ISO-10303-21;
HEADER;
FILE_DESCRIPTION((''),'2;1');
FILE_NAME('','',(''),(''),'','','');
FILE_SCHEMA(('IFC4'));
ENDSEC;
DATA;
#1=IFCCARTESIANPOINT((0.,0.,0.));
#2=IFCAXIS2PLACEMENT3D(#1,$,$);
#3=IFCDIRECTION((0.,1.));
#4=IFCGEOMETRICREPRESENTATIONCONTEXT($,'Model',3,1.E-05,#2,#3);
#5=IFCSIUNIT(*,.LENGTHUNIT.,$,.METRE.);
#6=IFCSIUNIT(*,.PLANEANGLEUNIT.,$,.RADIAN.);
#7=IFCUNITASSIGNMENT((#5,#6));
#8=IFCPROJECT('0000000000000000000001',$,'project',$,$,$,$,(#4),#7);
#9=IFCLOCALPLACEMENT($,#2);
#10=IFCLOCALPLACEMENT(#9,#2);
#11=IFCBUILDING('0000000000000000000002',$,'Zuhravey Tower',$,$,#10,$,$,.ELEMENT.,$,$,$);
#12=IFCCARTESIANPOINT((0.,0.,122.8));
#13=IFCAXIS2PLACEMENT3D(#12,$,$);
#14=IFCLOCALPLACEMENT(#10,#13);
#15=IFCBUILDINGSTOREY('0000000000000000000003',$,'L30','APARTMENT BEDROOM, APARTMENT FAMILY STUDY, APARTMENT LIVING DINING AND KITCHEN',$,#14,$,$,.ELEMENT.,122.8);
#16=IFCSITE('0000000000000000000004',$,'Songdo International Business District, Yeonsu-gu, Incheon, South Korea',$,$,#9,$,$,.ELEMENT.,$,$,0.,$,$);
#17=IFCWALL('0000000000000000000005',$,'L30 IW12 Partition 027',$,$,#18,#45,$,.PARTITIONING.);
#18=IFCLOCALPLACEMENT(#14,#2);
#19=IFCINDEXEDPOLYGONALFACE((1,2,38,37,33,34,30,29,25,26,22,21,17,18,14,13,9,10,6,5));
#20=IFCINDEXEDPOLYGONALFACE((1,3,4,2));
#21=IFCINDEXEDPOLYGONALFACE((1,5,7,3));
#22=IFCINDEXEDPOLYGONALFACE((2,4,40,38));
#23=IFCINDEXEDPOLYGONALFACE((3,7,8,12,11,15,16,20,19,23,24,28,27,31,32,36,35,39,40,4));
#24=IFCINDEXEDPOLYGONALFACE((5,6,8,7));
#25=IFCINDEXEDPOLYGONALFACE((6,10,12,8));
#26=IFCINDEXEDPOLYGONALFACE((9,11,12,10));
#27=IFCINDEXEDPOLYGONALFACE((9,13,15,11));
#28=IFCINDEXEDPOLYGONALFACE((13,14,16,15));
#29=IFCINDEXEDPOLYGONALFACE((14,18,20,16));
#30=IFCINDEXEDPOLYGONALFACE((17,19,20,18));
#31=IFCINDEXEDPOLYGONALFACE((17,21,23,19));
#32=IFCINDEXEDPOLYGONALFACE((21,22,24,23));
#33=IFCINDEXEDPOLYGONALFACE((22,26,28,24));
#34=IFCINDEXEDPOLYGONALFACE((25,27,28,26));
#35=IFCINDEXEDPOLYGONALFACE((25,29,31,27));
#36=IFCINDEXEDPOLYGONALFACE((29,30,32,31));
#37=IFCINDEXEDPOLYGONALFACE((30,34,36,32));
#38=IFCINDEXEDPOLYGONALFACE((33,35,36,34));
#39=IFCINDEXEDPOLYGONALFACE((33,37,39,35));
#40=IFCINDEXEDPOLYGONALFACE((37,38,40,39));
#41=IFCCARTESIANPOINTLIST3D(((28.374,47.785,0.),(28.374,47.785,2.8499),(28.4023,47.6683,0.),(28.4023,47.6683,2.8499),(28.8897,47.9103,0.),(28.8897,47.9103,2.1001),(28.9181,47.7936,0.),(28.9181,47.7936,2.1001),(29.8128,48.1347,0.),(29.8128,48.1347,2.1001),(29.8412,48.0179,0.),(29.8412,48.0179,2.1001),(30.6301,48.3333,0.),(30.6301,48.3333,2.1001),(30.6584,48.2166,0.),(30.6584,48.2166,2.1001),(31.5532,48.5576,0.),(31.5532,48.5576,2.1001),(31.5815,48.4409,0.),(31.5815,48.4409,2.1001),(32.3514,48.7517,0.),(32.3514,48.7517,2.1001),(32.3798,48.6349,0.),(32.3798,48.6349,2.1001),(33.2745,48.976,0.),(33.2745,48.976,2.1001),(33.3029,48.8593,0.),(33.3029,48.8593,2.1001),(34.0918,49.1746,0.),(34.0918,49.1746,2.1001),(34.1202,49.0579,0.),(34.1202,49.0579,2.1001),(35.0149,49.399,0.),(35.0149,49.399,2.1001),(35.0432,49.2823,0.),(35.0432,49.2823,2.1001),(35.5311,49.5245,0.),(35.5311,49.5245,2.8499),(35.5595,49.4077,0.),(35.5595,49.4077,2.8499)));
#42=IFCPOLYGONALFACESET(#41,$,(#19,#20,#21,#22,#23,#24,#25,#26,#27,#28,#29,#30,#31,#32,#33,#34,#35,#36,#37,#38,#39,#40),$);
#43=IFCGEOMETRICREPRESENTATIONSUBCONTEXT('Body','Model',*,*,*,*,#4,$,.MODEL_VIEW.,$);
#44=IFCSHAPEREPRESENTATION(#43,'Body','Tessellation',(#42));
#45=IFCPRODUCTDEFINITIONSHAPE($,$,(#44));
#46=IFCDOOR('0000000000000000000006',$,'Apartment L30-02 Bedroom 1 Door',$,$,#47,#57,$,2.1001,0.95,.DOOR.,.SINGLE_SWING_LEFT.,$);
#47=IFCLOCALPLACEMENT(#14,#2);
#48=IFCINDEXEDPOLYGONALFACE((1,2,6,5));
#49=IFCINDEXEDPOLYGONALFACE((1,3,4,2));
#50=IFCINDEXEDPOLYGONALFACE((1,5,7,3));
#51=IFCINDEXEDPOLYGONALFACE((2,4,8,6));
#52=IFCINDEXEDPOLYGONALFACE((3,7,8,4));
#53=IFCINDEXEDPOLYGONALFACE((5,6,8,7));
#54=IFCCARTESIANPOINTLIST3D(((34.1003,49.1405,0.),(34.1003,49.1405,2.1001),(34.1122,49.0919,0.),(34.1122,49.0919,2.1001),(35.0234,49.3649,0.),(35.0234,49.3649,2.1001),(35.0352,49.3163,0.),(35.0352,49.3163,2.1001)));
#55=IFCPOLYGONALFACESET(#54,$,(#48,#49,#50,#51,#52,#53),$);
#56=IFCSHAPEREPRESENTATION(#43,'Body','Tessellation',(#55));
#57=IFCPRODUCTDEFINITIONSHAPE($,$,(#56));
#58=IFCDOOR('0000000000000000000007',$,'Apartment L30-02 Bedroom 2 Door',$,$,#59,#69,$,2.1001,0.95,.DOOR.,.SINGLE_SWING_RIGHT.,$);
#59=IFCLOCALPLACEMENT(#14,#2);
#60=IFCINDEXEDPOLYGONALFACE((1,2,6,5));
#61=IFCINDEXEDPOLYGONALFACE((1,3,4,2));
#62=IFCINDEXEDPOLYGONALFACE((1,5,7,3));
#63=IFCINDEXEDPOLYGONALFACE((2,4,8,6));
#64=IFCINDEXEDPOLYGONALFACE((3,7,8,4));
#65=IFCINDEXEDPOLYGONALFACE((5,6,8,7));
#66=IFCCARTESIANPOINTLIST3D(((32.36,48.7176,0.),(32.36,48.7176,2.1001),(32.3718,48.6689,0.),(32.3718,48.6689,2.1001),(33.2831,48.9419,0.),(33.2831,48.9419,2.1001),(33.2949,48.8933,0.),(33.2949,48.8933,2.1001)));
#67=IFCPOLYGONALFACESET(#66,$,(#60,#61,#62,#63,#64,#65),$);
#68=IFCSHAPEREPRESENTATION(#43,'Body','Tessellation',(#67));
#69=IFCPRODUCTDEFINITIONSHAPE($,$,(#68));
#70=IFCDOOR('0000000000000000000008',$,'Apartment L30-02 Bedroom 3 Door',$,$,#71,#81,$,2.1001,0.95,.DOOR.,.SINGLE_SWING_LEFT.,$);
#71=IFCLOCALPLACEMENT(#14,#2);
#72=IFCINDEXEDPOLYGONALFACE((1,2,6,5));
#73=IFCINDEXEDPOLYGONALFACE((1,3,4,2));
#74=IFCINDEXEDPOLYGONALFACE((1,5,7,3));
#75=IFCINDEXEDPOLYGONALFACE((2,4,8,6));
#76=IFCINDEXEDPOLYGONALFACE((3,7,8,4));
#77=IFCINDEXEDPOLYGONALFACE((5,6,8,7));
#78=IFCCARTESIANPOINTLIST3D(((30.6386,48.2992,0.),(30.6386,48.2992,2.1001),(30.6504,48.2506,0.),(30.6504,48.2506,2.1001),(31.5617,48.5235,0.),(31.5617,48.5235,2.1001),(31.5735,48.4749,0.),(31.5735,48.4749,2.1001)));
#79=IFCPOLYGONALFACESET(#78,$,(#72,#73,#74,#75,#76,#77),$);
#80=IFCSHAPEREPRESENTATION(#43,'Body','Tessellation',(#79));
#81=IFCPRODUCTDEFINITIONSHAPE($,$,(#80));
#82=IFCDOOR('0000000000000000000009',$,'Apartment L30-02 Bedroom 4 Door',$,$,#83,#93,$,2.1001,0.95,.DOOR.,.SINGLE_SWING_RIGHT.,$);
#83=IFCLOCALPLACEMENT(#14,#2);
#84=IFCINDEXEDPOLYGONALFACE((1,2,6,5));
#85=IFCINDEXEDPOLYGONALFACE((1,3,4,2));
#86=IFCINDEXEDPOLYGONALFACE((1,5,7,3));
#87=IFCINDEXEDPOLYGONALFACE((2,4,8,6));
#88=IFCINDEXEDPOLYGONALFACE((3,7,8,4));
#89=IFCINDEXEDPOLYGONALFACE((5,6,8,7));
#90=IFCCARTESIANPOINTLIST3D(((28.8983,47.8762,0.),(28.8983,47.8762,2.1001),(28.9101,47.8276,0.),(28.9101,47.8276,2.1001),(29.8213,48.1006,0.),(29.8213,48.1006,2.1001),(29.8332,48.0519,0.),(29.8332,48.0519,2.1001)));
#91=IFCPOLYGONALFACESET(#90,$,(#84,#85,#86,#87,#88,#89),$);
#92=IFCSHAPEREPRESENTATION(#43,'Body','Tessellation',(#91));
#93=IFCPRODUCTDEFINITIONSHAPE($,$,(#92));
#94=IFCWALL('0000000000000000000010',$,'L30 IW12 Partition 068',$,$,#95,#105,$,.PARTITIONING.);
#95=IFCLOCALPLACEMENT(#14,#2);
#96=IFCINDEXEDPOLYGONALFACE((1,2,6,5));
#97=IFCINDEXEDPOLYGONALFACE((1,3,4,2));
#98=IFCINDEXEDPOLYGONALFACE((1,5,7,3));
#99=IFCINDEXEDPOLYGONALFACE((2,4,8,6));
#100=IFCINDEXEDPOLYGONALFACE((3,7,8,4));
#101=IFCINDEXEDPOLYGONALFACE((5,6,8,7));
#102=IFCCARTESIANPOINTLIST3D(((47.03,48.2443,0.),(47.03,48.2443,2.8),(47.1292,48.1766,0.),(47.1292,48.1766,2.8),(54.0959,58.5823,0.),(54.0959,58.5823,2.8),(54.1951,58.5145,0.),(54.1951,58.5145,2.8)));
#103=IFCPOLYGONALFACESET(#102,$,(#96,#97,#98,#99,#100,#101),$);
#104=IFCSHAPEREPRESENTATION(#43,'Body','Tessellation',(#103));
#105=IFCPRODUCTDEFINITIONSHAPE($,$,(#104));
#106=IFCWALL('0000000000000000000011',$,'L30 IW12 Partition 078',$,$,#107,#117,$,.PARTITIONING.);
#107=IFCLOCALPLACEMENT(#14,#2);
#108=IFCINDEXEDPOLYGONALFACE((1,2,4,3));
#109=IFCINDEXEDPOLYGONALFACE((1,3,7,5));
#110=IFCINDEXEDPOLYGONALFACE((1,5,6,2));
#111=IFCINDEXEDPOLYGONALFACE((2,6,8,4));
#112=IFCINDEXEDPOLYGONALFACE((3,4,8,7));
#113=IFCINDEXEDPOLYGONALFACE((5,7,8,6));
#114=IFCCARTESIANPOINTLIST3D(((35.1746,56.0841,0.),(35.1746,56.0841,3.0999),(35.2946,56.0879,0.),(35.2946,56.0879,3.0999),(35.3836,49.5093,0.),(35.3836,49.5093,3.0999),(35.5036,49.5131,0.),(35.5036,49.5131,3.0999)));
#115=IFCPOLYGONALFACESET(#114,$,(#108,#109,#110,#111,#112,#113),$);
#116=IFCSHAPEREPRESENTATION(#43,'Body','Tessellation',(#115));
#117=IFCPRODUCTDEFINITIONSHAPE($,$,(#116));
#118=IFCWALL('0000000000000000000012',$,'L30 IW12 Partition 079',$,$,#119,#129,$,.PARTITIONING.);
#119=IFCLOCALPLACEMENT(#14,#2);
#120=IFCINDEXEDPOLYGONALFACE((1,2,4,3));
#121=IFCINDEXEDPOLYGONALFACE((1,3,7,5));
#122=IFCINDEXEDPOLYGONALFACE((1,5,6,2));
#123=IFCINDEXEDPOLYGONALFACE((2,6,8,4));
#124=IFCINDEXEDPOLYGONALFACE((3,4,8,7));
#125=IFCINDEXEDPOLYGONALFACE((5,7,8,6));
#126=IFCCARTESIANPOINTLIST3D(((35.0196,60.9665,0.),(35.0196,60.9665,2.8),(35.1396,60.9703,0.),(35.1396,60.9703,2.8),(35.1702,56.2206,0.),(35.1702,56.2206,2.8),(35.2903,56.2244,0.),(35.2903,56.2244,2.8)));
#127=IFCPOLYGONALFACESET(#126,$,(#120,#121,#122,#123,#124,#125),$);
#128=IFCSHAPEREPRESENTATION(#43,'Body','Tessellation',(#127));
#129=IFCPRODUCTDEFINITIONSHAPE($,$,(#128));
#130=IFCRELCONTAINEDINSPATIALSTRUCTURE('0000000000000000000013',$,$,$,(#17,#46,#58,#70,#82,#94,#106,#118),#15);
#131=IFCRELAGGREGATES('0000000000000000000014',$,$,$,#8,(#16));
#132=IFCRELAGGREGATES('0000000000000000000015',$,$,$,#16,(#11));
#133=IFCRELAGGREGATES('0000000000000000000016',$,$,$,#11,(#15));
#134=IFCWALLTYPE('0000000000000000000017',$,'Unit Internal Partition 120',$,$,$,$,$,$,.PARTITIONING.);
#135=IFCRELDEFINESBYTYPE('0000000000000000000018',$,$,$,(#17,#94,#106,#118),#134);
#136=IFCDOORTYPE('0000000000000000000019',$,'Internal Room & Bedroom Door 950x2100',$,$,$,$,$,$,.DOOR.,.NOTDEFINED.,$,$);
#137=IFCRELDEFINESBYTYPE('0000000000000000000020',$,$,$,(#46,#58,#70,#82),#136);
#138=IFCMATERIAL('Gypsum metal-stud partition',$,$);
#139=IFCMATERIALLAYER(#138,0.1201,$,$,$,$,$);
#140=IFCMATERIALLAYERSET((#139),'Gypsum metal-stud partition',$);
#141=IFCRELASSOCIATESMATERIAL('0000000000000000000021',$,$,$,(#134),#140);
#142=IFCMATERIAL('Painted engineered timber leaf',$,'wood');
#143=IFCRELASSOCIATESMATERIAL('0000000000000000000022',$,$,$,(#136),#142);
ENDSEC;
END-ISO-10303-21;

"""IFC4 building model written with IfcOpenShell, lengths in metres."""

from ifc_helpers import new_model, si_unit, direction, frame, frame_2d, origin, place, context, subcontext, project, spatial, rectangle, extrude, material, layer, layer_set, type_object, element, fill, save


model = new_model("IFC4")

# Units and contexts
model_context = context("Model", 3, precision=1e-05, world=origin(), true_north=direction((0.0, 1.0)))
body_context = subcontext(model_context, "Body", "Model", "MODEL_VIEW")
ifc_project = project(units=[si_unit("LENGTHUNIT", "METRE"), si_unit("PLANEANGLEUNIT", "RADIAN")], contexts=[model_context])

# Site, building, storey
site_placement = place(None, origin())
site = spatial("IfcSite", under=ifc_project, at=site_placement, Name="Songdo International Business District, Yeonsu-gu, Incheon, South Korea", CompositionType="ELEMENT", RefElevation=0.0)
building_placement = place(site_placement, origin())
building = spatial("IfcBuilding", under=site, at=building_placement, Name="Zuhravey Tower", CompositionType="ELEMENT")
storey_placement = place(building_placement, frame((0.0, 0.0, 122.8)))
storey = spatial("IfcBuildingStorey", under=building, at=storey_placement, Name="L30", Description="APARTMENT BEDROOM, APARTMENT FAMILY STUDY, APARTMENT LIVING DINING AND KITCHEN", CompositionType="ELEMENT", Elevation=122.8)

# Shared definitions
ifc_material_1 = material(Name="Gypsum metal-stud partition")
ifc_layer_1 = layer(ifc_material_1, 0.1201)
ifc_layer_set_1 = layer_set([ifc_layer_1], Name="Gypsum metal-stud partition")
wall_type_1 = type_object("IfcWallType", Name="Unit Internal Partition 120", PredefinedType="PARTITIONING", material=ifc_layer_set_1)
ifc_material_2 = material(Name="Painted engineered timber leaf", Category="wood")
door_type_1 = type_object("IfcDoorType", Name="Internal Room & Bedroom Door 950x2100", OperationType="NOTDEFINED", PredefinedType="DOOR", material=ifc_material_2)

# Wall, openings, doors
wall_1_placement = place(storey_placement, frame((35.5452, 49.4661, 0.0), z_axis=(0.0, 0.0, 1.0), x_axis=(-0.971713, -0.236166, 0.0)))
wall_1 = element("IfcWall", 1, at=wall_1_placement, inside=storey, type_object=wall_type_1, Name="L30 IW12 Partition 027", PredefinedType="PARTITIONING", context=body_context, shape_type="SweptSolid", body=[
    extrude(rectangle(XDim=7.3655, YDim=0.1201, at=frame_2d((3.6826, 0.0))), origin(), (0.0, 0.0, 1.0), 2.8499),
])
opening_1_placement = place(wall_1_placement, frame((0.531, 0.0, 0.0)))
opening_1 = element("IfcOpeningElement", 2, at=opening_1_placement, cuts=wall_1, PredefinedType="OPENING", context=body_context, shape_type="SweptSolid", body=[
    extrude(rectangle(XDim=0.95, YDim=2.1001, at=frame_2d((0.4751, 1.05))), frame((0.0, 0.072, 0.0), z_axis=(0.0, -1.0, 0.0), x_axis=(1.0, 0.0, 0.0)), (0.0, 0.0, 1.0), 0.144),
])
opening_2_placement = place(wall_1_placement, frame((2.322, 0.0, 0.0)))
opening_2 = element("IfcOpeningElement", 3, at=opening_2_placement, cuts=wall_1, PredefinedType="OPENING", context=body_context, shape_type="SweptSolid", body=[
    extrude(rectangle(XDim=0.95, YDim=2.1001, at=frame_2d((0.4751, 1.05))), frame((0.0, 0.072, 0.0), z_axis=(0.0, -1.0, 0.0), x_axis=(1.0, 0.0, 0.0)), (0.0, 0.0, 1.0), 0.144),
])
opening_3_placement = place(wall_1_placement, frame((4.0935, 0.0, 0.0)))
opening_3 = element("IfcOpeningElement", 4, at=opening_3_placement, cuts=wall_1, PredefinedType="OPENING", context=body_context, shape_type="SweptSolid", body=[
    extrude(rectangle(XDim=0.95, YDim=2.1001, at=frame_2d((0.4751, 1.05))), frame((0.0, 0.072, 0.0), z_axis=(0.0, -1.0, 0.0), x_axis=(1.0, 0.0, 0.0)), (0.0, 0.0, 1.0), 0.144),
])
opening_4_placement = place(wall_1_placement, frame((5.8845, 0.0, 0.0)))
opening_4 = element("IfcOpeningElement", 5, at=opening_4_placement, cuts=wall_1, PredefinedType="OPENING", context=body_context, shape_type="SweptSolid", body=[
    extrude(rectangle(XDim=0.95, YDim=2.1001, at=frame_2d((0.4751, 1.05))), frame((0.0, 0.072, 0.0), z_axis=(0.0, -1.0, 0.0), x_axis=(1.0, 0.0, 0.0)), (0.0, 0.0, 1.0), 0.144),
])
door_1_placement = place(opening_1_placement, frame((0.95, 0.0, 0.0), z_axis=(0.0, 0.0, 1.0), x_axis=(-1.0, 0.0, 0.0)))
door_1 = element("IfcDoor", 6, at=door_1_placement, inside=storey, type_object=door_type_1, Name="Apartment L30-02 Bedroom 1 Door", OperationType="SINGLE_SWING_LEFT", OverallHeight=2.1001, OverallWidth=0.95, PredefinedType="DOOR", context=body_context, shape_type="SweptSolid", body=[
    extrude(rectangle(XDim=0.95, YDim=2.1001, at=frame_2d((0.4751, 1.05))), frame((0.0, 0.0249, 0.0), z_axis=(0.0, -1.0, 0.0), x_axis=(1.0, 0.0, 0.0)), (0.0, 0.0, 1.0), 0.05),
])
fill(opening_1, door_1)
door_2_placement = place(opening_2_placement, frame((0.95, 0.0, 0.0), z_axis=(0.0, 0.0, 1.0), x_axis=(-1.0, 0.0, 0.0)))
door_2 = element("IfcDoor", 7, at=door_2_placement, inside=storey, type_object=door_type_1, Name="Apartment L30-02 Bedroom 2 Door", OperationType="SINGLE_SWING_RIGHT", OverallHeight=2.1001, OverallWidth=0.95, PredefinedType="DOOR", context=body_context, shape_type="SweptSolid", body=[
    extrude(rectangle(XDim=0.95, YDim=2.1001, at=frame_2d((0.4751, 1.05))), frame((0.0, 0.0249, 0.0), z_axis=(0.0, -1.0, 0.0), x_axis=(1.0, 0.0, 0.0)), (0.0, 0.0, 1.0), 0.05),
])
fill(opening_2, door_2)
door_3_placement = place(opening_3_placement, frame((0.95, 0.0, 0.0), z_axis=(0.0, 0.0, 1.0), x_axis=(-1.0, 0.0, 0.0)))
door_3 = element("IfcDoor", 8, at=door_3_placement, inside=storey, type_object=door_type_1, Name="Apartment L30-02 Bedroom 3 Door", OperationType="SINGLE_SWING_LEFT", OverallHeight=2.1001, OverallWidth=0.95, PredefinedType="DOOR", context=body_context, shape_type="SweptSolid", body=[
    extrude(rectangle(XDim=0.95, YDim=2.1001, at=frame_2d((0.4751, 1.05))), frame((0.0, 0.0249, 0.0), z_axis=(0.0, -1.0, 0.0), x_axis=(1.0, 0.0, 0.0)), (0.0, 0.0, 1.0), 0.05),
])
fill(opening_3, door_3)
door_4_placement = place(opening_4_placement, frame((0.95, 0.0, 0.0), z_axis=(0.0, 0.0, 1.0), x_axis=(-1.0, 0.0, 0.0)))
door_4 = element("IfcDoor", 9, at=door_4_placement, inside=storey, type_object=door_type_1, Name="Apartment L30-02 Bedroom 4 Door", OperationType="SINGLE_SWING_RIGHT", OverallHeight=2.1001, OverallWidth=0.95, PredefinedType="DOOR", context=body_context, shape_type="SweptSolid", body=[
    extrude(rectangle(XDim=0.95, YDim=2.1001, at=frame_2d((0.4751, 1.05))), frame((0.0, 0.0249, 0.0), z_axis=(0.0, -1.0, 0.0), x_axis=(1.0, 0.0, 0.0)), (0.0, 0.0, 1.0), 0.05),
])
fill(opening_4, door_4)

# Walls
wall_2_placement = place(storey_placement, frame((47.0796, 48.2104, 0.0), z_axis=(0.0, 0.0, 1.0), x_axis=(0.564283, 0.825582, 0.0)))
element("IfcWall", 10, at=wall_2_placement, inside=storey, type_object=wall_type_1, Name="L30 IW12 Partition 068", PredefinedType="PARTITIONING", context=body_context, shape_type="SweptSolid", body=[
    extrude(rectangle(XDim=12.522, YDim=0.1201, at=frame_2d((6.261, 0.0))), origin(), (0.0, 0.0, 1.0), 2.8),
])
wall_3_placement = place(storey_placement, frame((35.4436, 49.5112, 0.0), z_axis=(0.0, 0.0, 1.0), x_axis=(-0.03177, 0.999495, 0.0)))
element("IfcWall", 11, at=wall_3_placement, inside=storey, type_object=wall_type_1, Name="L30 IW12 Partition 078", PredefinedType="PARTITIONING", context=body_context, shape_type="SweptSolid", body=[
    extrude(rectangle(XDim=6.5781, YDim=0.1201, at=frame_2d((3.2891, 0.0))), origin(), (0.0, 0.0, 1.0), 3.0999),
])
wall_4_placement = place(storey_placement, frame((35.2302, 56.2227, 0.0), z_axis=(0.0, 0.0, 1.0), x_axis=(-0.031724, 0.999497, 0.0)))
element("IfcWall", 12, at=wall_4_placement, inside=storey, type_object=wall_type_1, Name="L30 IW12 Partition 079", PredefinedType="PARTITIONING", context=body_context, shape_type="SweptSolid", body=[
    extrude(rectangle(XDim=4.7483, YDim=0.1201, at=frame_2d((2.374, 0.0))), origin(), (0.0, 0.0, 1.0), 2.8),
])

save(model, "model.ifc")
